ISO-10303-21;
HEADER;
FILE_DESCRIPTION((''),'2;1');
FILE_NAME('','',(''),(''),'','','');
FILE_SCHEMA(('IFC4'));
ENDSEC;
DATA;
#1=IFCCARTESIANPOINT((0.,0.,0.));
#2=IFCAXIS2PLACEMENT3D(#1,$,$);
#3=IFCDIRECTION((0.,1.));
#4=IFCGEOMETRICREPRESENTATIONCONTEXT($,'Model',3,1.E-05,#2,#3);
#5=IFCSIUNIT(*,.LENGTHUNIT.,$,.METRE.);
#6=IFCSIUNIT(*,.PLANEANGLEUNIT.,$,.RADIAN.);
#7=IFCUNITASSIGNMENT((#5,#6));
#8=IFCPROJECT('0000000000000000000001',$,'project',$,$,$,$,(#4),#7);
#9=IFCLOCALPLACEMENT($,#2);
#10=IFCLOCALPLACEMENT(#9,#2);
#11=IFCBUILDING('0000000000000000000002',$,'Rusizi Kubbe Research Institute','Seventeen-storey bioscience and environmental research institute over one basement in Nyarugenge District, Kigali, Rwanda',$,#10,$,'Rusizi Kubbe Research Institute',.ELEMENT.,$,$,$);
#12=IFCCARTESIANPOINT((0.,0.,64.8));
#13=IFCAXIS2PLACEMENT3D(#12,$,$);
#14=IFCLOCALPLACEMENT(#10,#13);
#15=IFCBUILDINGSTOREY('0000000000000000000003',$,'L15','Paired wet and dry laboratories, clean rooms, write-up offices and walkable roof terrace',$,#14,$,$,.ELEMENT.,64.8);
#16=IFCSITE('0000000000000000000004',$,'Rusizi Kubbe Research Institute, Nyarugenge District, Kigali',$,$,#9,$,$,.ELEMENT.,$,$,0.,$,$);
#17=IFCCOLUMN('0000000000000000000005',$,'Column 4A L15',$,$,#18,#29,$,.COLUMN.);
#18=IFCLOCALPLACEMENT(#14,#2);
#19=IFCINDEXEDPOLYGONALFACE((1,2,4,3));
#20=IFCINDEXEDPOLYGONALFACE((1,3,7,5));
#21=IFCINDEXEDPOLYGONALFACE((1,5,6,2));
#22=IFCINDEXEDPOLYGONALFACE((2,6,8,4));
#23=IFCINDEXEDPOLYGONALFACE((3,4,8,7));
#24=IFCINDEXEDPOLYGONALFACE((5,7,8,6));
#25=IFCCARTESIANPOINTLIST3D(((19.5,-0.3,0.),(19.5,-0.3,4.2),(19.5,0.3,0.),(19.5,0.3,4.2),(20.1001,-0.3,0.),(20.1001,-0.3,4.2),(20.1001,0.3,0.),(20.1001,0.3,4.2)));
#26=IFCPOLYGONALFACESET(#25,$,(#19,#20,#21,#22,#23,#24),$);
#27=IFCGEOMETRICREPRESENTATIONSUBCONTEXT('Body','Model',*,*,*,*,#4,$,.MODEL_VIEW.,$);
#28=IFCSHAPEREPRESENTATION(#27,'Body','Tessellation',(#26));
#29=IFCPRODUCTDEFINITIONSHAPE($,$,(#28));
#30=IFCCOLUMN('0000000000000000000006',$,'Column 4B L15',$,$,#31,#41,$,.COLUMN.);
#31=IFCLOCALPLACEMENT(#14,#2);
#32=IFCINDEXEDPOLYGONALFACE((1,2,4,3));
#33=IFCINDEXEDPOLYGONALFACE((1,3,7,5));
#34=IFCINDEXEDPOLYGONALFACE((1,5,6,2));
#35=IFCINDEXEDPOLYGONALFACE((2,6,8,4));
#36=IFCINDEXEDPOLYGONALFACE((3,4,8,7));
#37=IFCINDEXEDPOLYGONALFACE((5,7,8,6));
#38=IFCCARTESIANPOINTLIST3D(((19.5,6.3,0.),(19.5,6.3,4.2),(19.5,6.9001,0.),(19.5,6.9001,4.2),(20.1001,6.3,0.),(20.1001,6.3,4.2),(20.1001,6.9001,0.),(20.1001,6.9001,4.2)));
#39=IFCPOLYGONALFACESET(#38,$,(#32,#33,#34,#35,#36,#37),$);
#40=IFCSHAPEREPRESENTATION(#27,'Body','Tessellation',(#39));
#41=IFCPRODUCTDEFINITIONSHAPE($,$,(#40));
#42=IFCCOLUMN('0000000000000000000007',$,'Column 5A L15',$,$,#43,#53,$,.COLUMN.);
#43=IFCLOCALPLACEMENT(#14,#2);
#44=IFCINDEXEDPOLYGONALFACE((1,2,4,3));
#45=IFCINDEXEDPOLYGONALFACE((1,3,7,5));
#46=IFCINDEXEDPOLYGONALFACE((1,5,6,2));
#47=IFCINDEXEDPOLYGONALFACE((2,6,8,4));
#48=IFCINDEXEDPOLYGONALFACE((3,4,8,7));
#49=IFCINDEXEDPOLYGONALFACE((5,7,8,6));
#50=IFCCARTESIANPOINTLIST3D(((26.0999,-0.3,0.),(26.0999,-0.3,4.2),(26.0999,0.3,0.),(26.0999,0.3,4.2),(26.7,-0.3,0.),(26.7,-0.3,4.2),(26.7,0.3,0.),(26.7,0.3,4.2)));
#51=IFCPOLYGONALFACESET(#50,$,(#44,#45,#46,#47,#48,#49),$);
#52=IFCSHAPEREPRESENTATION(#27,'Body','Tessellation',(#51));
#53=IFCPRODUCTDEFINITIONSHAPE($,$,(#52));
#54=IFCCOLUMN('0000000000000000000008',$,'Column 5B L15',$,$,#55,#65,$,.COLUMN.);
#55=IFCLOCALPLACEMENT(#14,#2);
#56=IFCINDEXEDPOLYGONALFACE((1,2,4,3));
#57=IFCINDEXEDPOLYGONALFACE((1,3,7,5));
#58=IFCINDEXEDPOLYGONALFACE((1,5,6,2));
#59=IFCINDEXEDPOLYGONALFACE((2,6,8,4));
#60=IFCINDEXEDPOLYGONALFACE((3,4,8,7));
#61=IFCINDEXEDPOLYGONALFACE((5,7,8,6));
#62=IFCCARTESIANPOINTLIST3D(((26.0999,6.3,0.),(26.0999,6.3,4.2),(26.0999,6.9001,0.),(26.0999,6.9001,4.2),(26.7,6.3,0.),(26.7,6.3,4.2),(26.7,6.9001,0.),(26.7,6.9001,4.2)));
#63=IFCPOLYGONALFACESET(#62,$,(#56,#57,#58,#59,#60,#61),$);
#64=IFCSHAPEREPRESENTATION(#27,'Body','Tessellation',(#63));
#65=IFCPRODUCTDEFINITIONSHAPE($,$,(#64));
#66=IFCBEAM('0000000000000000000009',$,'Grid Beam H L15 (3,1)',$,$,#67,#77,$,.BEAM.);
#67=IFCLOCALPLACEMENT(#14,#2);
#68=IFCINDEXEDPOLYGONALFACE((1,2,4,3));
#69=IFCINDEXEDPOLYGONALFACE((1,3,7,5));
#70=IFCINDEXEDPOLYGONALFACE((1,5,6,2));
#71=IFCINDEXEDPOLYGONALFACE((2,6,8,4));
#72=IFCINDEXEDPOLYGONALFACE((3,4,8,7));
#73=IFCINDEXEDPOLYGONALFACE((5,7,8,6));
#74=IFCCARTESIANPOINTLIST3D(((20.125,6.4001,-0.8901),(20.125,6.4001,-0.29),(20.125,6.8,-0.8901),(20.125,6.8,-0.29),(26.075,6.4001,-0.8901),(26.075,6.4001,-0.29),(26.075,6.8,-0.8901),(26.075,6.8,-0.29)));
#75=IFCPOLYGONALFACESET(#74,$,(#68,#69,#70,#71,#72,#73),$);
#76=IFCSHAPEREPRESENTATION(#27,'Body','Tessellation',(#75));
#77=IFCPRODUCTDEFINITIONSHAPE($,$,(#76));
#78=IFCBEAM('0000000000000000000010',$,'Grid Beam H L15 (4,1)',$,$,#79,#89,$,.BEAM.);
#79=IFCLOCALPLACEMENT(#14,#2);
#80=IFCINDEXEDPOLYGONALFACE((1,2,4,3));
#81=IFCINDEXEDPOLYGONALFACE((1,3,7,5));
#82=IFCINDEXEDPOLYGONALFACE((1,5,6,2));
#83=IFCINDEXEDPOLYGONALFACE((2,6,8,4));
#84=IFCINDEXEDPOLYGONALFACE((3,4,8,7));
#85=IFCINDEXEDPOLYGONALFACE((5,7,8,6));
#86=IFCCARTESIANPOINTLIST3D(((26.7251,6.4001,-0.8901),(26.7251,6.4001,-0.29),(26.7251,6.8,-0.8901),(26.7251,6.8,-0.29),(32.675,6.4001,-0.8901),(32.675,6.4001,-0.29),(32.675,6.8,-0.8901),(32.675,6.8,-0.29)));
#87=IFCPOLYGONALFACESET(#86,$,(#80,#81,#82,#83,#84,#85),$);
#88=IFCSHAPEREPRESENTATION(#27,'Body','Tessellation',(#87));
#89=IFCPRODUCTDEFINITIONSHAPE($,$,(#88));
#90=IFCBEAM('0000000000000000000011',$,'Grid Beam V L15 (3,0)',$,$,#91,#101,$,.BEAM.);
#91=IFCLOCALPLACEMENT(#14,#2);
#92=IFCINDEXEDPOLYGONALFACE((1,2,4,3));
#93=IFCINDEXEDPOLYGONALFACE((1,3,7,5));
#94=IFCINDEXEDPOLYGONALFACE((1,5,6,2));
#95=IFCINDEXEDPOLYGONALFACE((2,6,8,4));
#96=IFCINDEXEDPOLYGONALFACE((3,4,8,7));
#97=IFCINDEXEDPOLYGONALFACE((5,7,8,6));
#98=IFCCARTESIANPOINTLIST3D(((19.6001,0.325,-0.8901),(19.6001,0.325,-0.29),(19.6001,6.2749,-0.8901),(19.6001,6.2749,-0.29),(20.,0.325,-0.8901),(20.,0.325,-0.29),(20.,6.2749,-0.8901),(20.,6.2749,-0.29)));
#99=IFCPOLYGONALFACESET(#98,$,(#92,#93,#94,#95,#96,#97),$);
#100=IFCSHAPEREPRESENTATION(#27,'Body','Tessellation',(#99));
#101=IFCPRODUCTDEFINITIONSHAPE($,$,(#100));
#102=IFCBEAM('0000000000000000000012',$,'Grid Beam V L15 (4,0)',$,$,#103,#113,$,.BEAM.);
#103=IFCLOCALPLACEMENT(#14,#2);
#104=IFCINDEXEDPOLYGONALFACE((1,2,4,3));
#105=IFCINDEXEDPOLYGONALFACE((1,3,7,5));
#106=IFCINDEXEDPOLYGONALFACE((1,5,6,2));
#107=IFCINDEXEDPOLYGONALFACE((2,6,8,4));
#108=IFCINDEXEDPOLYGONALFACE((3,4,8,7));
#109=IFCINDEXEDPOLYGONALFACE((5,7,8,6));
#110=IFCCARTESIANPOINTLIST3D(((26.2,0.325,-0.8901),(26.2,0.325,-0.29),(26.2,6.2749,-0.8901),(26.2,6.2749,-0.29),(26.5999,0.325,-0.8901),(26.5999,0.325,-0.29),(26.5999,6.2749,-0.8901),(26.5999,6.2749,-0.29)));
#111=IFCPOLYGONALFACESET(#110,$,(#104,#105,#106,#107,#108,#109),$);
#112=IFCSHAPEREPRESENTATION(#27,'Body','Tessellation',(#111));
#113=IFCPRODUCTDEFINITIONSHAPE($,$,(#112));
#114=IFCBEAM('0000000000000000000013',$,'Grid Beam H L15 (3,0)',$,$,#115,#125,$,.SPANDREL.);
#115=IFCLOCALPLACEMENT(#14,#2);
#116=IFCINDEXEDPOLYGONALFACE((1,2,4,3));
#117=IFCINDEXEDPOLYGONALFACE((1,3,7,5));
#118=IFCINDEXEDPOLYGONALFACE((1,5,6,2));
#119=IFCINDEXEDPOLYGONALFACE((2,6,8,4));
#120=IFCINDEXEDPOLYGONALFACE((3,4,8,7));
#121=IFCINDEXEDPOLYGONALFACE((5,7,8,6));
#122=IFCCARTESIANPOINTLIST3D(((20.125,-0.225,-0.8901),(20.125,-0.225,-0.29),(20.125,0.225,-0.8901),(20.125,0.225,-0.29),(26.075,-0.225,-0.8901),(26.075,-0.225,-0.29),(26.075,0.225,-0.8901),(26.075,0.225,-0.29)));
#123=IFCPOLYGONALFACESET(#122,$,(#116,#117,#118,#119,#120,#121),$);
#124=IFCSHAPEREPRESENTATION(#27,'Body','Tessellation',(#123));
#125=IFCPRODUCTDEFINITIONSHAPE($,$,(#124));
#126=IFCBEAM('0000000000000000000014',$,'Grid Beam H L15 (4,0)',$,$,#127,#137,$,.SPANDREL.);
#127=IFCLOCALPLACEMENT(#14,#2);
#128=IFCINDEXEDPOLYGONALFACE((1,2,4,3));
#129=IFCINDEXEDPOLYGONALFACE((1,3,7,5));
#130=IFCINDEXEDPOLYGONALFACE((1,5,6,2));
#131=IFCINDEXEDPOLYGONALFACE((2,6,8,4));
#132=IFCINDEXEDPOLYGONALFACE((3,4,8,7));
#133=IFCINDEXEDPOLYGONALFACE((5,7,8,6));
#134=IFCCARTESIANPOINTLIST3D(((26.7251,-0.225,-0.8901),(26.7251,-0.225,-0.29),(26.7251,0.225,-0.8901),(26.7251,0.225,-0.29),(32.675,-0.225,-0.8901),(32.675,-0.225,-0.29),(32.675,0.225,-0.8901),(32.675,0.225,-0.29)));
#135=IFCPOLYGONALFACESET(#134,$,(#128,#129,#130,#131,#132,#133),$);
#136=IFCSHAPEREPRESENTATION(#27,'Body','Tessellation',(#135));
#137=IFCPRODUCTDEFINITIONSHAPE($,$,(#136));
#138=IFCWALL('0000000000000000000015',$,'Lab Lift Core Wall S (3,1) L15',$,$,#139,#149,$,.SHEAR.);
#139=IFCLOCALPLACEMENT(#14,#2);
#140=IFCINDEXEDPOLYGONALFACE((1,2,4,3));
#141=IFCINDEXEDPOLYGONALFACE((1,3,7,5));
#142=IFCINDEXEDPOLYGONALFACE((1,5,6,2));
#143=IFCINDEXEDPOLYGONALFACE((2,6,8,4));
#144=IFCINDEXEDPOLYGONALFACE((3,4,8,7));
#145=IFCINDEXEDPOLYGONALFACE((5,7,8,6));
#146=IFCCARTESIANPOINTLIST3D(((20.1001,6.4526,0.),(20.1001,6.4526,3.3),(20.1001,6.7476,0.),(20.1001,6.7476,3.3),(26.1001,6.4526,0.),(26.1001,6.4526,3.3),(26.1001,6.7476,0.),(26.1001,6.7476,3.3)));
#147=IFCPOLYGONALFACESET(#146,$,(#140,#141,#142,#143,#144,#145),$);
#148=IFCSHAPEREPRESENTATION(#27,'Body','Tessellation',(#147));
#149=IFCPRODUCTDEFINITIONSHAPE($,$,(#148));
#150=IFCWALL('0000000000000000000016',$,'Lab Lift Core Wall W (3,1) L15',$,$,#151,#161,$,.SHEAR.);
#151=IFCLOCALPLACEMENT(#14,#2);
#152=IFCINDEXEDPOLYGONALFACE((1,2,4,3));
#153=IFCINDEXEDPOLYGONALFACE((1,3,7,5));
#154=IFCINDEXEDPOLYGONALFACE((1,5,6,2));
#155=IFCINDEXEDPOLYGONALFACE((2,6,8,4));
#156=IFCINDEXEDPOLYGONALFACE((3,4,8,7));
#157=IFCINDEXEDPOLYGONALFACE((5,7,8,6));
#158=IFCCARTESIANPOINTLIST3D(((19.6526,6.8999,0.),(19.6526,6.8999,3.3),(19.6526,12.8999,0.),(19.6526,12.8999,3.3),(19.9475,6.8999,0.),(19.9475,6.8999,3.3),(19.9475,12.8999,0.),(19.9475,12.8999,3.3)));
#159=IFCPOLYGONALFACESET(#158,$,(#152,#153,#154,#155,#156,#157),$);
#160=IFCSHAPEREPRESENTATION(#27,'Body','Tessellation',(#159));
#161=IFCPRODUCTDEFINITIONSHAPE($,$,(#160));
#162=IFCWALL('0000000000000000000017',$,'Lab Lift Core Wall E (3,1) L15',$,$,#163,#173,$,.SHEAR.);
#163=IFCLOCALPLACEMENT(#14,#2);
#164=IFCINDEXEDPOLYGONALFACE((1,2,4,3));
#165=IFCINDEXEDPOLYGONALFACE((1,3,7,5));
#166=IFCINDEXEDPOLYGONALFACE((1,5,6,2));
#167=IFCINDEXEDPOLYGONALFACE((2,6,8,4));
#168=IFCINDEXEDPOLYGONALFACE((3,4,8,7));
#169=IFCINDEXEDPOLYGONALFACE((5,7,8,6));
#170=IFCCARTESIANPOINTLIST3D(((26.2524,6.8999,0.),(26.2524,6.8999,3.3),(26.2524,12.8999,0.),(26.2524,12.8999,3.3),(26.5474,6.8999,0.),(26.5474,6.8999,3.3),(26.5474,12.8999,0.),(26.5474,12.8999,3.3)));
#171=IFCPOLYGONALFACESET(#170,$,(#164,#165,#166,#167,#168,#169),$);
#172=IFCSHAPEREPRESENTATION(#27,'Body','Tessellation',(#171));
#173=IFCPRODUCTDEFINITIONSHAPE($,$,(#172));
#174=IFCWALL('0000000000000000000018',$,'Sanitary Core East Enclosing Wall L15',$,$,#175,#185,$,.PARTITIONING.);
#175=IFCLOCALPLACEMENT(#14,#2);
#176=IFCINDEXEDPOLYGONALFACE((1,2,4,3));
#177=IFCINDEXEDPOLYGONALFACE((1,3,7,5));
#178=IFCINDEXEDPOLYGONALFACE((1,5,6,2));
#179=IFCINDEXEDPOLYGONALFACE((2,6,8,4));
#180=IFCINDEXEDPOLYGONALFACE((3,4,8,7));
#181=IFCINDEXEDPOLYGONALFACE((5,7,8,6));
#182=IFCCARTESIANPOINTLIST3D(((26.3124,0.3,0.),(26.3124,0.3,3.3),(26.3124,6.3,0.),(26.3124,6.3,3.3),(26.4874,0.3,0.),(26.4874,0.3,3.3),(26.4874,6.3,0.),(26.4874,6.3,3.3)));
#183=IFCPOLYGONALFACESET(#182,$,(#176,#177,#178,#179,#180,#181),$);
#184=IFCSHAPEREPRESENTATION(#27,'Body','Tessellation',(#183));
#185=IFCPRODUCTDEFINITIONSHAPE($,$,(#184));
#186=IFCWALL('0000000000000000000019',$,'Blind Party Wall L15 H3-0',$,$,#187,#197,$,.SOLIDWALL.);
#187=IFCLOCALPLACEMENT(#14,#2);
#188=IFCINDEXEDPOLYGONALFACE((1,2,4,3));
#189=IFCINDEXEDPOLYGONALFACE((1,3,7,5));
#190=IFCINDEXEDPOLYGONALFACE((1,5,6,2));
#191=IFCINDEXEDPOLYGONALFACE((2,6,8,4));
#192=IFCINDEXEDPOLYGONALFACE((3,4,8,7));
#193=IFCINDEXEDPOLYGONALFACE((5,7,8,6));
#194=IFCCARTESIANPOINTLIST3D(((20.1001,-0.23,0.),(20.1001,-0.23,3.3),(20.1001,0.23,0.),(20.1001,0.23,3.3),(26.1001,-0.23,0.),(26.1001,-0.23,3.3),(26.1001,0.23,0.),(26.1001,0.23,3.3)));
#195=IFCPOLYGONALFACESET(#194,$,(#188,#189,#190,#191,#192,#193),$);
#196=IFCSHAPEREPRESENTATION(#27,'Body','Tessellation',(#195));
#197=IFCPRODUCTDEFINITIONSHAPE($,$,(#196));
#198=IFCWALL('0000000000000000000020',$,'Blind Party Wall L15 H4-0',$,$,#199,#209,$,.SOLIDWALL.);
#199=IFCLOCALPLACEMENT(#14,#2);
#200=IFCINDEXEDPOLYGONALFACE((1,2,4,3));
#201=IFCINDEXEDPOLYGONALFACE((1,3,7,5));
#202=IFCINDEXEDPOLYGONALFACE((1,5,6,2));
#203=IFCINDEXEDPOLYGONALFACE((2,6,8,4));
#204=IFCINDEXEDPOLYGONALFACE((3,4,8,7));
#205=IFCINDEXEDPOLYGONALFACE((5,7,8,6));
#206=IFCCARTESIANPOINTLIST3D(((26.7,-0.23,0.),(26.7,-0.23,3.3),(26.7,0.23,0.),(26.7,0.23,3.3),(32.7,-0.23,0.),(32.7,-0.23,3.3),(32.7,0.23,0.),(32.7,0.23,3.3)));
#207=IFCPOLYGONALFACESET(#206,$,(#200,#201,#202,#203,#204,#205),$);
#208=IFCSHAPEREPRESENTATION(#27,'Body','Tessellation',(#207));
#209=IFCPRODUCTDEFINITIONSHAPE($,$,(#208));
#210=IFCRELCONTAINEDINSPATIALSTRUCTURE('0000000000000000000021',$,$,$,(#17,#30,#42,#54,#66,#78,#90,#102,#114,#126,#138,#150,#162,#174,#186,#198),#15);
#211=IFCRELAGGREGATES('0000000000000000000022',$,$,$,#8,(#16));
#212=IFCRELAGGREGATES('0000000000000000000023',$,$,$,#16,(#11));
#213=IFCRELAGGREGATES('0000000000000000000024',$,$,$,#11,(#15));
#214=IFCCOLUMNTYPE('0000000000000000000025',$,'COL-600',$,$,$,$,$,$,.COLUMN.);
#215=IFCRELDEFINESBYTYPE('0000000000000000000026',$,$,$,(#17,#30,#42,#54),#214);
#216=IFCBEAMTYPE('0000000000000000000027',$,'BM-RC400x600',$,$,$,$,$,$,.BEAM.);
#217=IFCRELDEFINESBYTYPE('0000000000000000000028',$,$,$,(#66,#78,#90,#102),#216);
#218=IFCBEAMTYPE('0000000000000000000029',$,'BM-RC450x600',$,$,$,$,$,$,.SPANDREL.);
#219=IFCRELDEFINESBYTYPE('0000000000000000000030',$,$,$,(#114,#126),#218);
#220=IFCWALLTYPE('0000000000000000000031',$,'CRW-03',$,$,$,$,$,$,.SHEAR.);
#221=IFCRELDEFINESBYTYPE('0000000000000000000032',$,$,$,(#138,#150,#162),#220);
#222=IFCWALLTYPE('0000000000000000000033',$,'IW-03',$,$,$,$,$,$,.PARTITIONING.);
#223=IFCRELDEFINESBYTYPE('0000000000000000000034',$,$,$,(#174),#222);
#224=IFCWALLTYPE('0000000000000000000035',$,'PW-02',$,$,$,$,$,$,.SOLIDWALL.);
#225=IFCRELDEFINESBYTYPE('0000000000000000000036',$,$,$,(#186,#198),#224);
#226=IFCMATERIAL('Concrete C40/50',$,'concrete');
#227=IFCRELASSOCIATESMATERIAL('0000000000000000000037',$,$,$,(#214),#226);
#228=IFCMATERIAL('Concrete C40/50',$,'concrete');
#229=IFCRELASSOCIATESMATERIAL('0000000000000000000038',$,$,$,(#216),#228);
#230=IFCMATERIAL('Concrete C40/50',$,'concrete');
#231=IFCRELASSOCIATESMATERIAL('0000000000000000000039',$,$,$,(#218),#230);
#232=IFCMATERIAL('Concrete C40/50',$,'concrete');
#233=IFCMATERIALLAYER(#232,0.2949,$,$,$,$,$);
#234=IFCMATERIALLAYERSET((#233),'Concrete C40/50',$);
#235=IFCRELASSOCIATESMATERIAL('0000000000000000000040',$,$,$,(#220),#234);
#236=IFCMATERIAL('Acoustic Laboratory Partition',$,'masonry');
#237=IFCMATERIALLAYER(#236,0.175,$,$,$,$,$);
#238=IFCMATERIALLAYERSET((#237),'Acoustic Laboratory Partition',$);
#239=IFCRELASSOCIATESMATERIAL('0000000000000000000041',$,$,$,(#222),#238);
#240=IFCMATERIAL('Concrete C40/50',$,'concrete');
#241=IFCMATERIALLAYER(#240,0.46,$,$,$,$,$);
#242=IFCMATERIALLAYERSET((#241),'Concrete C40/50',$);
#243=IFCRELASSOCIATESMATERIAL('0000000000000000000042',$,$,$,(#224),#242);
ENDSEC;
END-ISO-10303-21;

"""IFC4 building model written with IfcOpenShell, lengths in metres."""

from ifc_helpers import new_model, si_unit, direction, frame, frame_2d, origin, origin_2d, place, context, subcontext, project, spatial, rectangle, extrude, material, layer, layer_set, material_profile, profile_set, type_object, element, save


model = new_model("IFC4")

# Units and contexts
model_context = context("Model", 3, precision=1e-05, world=origin(), true_north=direction((0.0, 1.0)))
body_context = subcontext(model_context, "Body", "Model", "MODEL_VIEW")
ifc_project = project(units=[si_unit("LENGTHUNIT", "METRE"), si_unit("PLANEANGLEUNIT", "RADIAN")], contexts=[model_context])

# Site, building, storey
site_placement = place(None, origin())
site = spatial("IfcSite", under=ifc_project, at=site_placement, Name="Rusizi Kubbe Research Institute, Nyarugenge District, Kigali", CompositionType="ELEMENT", RefElevation=0.0)
building_placement = place(site_placement, origin())
building = spatial("IfcBuilding", under=site, at=building_placement, Name="Rusizi Kubbe Research Institute", Description="Seventeen-storey bioscience and environmental research institute over one basement in Nyarugenge District, Kigali, Rwanda", LongName="Rusizi Kubbe Research Institute", CompositionType="ELEMENT")
storey_placement = place(building_placement, frame((0.0, 0.0, 64.8)))
storey = spatial("IfcBuildingStorey", under=building, at=storey_placement, Name="L15", Description="Paired wet and dry laboratories, clean rooms, write-up offices and walkable roof terrace", CompositionType="ELEMENT", Elevation=64.8)

# Columns
ifc_material_1 = material(Name="Concrete C40/50", Category="concrete")
ifc_material_profile_1 = material_profile(ifc_material_1, rectangle(XDim=0.6001, YDim=0.6001, at=origin_2d()), Name="RC600x600")
ifc_profile_set_1 = profile_set([ifc_material_profile_1], Name="Concrete C40/50")
column_type = type_object("IfcColumnType", Name="COL-600", PredefinedType="COLUMN", material=ifc_profile_set_1)
for number, where, z_axis, x_axis, name in (
    (1, (19.8, 0.0, 0.0), (0.0, 0.0, 1.0), (1.0, 0.0, 0.0), "Column 4A L15"),
    (2, (19.8, 6.6001, 0.0), (0.0, 0.0, 1.0), (1.0, 0.0, 0.0), "Column 4B L15"),
    (3, (26.3999, 0.0, 0.0), (0.0, 0.0, 1.0), (1.0, 0.0, 0.0), "Column 5A L15"),
    (4, (26.3999, 6.6001, 0.0), (0.0, 0.0, 1.0), (1.0, 0.0, 0.0), "Column 5B L15"),
):
    element("IfcColumn", number, at=place(storey_placement, frame(where, z_axis=z_axis, x_axis=x_axis)), inside=storey, type_object=column_type, Name=name, PredefinedType="COLUMN", context=body_context, shape_type="SweptSolid", body=[
        extrude(rectangle(XDim=0.6001, YDim=0.6001, at=origin_2d()), origin(), (0.0, 0.0, 1.0), 4.2),
    ])

# Beams
ifc_material_2 = material(Name="Concrete C40/50", Category="concrete")
ifc_material_profile_2 = material_profile(ifc_material_2, rectangle(XDim=0.3999, YDim=0.6001, at=origin_2d()), Name="RC400x600")
ifc_profile_set_2 = profile_set([ifc_material_profile_2], Name="Concrete C40/50")
beam_type_1 = type_object("IfcBeamType", Name="BM-RC400x600", PredefinedType="BEAM", material=ifc_profile_set_2)
for number, where, z_axis, x_axis, name in (
    (5, (20.125, 6.6001, -0.5901), (1.0, 0.0, 0.0), (0.0, 1.0, 0.0), "Grid Beam H L15 (3,1)"),
    (6, (26.7251, 6.6001, -0.5901), (1.0, 0.0, 0.0), (0.0, 1.0, 0.0), "Grid Beam H L15 (4,1)"),
    (7, (19.8, 0.325, -0.5901), (0.0, 1.0, 0.0), (-1.0, 0.0, 0.0), "Grid Beam V L15 (3,0)"),
    (8, (26.3999, 0.325, -0.5901), (0.0, 1.0, 0.0), (-1.0, 0.0, 0.0), "Grid Beam V L15 (4,0)"),
):
    element("IfcBeam", number, at=place(storey_placement, frame(where, z_axis=z_axis, x_axis=x_axis)), inside=storey, type_object=beam_type_1, Name=name, PredefinedType="BEAM", context=body_context, shape_type="SweptSolid", body=[
        extrude(rectangle(XDim=0.3999, YDim=0.6001, at=origin_2d()), origin(), (0.0, 0.0, 1.0), 5.95),
    ])
ifc_material_3 = material(Name="Concrete C40/50", Category="concrete")
ifc_material_profile_3 = material_profile(ifc_material_3, rectangle(XDim=0.45, YDim=0.6001, at=origin_2d()), Name="RC450x600")
ifc_profile_set_3 = profile_set([ifc_material_profile_3], Name="Concrete C40/50")
beam_type_2 = type_object("IfcBeamType", Name="BM-RC450x600", PredefinedType="SPANDREL", material=ifc_profile_set_3)
for number, where, z_axis, x_axis, name in (
    (9, (20.125, 0.0, -0.5901), (1.0, 0.0, 0.0), (0.0, 1.0, 0.0), "Grid Beam H L15 (3,0)"),
    (10, (26.7251, 0.0, -0.5901), (1.0, 0.0, 0.0), (0.0, 1.0, 0.0), "Grid Beam H L15 (4,0)"),
):
    element("IfcBeam", number, at=place(storey_placement, frame(where, z_axis=z_axis, x_axis=x_axis)), inside=storey, type_object=beam_type_2, Name=name, PredefinedType="SPANDREL", context=body_context, shape_type="SweptSolid", body=[
        extrude(rectangle(XDim=0.45, YDim=0.6001, at=origin_2d()), origin(), (0.0, 0.0, 1.0), 5.95),
    ])

# Walls
ifc_material_4 = material(Name="Concrete C40/50", Category="concrete")
ifc_layer_1 = layer(ifc_material_4, 0.2949)
ifc_layer_set_1 = layer_set([ifc_layer_1], Name="Concrete C40/50")
wall_type_1 = type_object("IfcWallType", Name="CRW-03", PredefinedType="SHEAR", material=ifc_layer_set_1)
for number, where, z_axis, x_axis, name in (
    (11, (20.1001, 6.6001, 0.0), (0.0, 0.0, 1.0), (1.0, 0.0, 0.0), "Lab Lift Core Wall S (3,1) L15"),
    (12, (19.8, 6.8999, 0.0), (0.0, 0.0, 1.0), (0.0, 1.0, 0.0), "Lab Lift Core Wall W (3,1) L15"),
    (13, (26.3999, 6.8999, 0.0), (0.0, 0.0, 1.0), (0.0, 1.0, 0.0), "Lab Lift Core Wall E (3,1) L15"),
):
    element("IfcWall", number, at=place(storey_placement, frame(where, z_axis=z_axis, x_axis=x_axis)), inside=storey, type_object=wall_type_1, Name=name, PredefinedType="SHEAR", context=body_context, shape_type="SweptSolid", body=[
        extrude(rectangle(XDim=6.0, YDim=0.2949, at=frame_2d((3.0, 0.0))), origin(), (0.0, 0.0, 1.0), 3.3),
    ])
ifc_material_5 = material(Name="Acoustic Laboratory Partition", Category="masonry")
ifc_layer_2 = layer(ifc_material_5, 0.175)
ifc_layer_set_2 = layer_set([ifc_layer_2], Name="Acoustic Laboratory Partition")
wall_type_2 = type_object("IfcWallType", Name="IW-03", PredefinedType="PARTITIONING", material=ifc_layer_set_2)
wall_placement = place(storey_placement, frame((26.3999, 0.3, 0.0), z_axis=(0.0, 0.0, 1.0), x_axis=(0.0, 1.0, 0.0)))
element("IfcWall", 14, at=wall_placement, inside=storey, type_object=wall_type_2, Name="Sanitary Core East Enclosing Wall L15", PredefinedType="PARTITIONING", context=body_context, shape_type="SweptSolid", body=[
    extrude(rectangle(XDim=6.0, YDim=0.175, at=frame_2d((3.0, 0.0))), origin(), (0.0, 0.0, 1.0), 3.3),
])
ifc_material_6 = material(Name="Concrete C40/50", Category="concrete")
ifc_layer_3 = layer(ifc_material_6, 0.46)
ifc_layer_set_3 = layer_set([ifc_layer_3], Name="Concrete C40/50")
wall_type_3 = type_object("IfcWallType", Name="PW-02", PredefinedType="SOLIDWALL", material=ifc_layer_set_3)
for number, where, z_axis, x_axis, name in (
    (15, (20.1001, 0.0, 0.0), (0.0, 0.0, 1.0), (1.0, 0.0, 0.0), "Blind Party Wall L15 H3-0"),
    (16, (26.7, 0.0, 0.0), (0.0, 0.0, 1.0), (1.0, 0.0, 0.0), "Blind Party Wall L15 H4-0"),
):
    element("IfcWall", number, at=place(storey_placement, frame(where, z_axis=z_axis, x_axis=x_axis)), inside=storey, type_object=wall_type_3, Name=name, PredefinedType="SOLIDWALL", context=body_context, shape_type="SweptSolid", body=[
        extrude(rectangle(XDim=6.0, YDim=0.46, at=frame_2d((3.0, 0.0))), origin(), (0.0, 0.0, 1.0), 3.3),
    ])

save(model, "model.ifc")
